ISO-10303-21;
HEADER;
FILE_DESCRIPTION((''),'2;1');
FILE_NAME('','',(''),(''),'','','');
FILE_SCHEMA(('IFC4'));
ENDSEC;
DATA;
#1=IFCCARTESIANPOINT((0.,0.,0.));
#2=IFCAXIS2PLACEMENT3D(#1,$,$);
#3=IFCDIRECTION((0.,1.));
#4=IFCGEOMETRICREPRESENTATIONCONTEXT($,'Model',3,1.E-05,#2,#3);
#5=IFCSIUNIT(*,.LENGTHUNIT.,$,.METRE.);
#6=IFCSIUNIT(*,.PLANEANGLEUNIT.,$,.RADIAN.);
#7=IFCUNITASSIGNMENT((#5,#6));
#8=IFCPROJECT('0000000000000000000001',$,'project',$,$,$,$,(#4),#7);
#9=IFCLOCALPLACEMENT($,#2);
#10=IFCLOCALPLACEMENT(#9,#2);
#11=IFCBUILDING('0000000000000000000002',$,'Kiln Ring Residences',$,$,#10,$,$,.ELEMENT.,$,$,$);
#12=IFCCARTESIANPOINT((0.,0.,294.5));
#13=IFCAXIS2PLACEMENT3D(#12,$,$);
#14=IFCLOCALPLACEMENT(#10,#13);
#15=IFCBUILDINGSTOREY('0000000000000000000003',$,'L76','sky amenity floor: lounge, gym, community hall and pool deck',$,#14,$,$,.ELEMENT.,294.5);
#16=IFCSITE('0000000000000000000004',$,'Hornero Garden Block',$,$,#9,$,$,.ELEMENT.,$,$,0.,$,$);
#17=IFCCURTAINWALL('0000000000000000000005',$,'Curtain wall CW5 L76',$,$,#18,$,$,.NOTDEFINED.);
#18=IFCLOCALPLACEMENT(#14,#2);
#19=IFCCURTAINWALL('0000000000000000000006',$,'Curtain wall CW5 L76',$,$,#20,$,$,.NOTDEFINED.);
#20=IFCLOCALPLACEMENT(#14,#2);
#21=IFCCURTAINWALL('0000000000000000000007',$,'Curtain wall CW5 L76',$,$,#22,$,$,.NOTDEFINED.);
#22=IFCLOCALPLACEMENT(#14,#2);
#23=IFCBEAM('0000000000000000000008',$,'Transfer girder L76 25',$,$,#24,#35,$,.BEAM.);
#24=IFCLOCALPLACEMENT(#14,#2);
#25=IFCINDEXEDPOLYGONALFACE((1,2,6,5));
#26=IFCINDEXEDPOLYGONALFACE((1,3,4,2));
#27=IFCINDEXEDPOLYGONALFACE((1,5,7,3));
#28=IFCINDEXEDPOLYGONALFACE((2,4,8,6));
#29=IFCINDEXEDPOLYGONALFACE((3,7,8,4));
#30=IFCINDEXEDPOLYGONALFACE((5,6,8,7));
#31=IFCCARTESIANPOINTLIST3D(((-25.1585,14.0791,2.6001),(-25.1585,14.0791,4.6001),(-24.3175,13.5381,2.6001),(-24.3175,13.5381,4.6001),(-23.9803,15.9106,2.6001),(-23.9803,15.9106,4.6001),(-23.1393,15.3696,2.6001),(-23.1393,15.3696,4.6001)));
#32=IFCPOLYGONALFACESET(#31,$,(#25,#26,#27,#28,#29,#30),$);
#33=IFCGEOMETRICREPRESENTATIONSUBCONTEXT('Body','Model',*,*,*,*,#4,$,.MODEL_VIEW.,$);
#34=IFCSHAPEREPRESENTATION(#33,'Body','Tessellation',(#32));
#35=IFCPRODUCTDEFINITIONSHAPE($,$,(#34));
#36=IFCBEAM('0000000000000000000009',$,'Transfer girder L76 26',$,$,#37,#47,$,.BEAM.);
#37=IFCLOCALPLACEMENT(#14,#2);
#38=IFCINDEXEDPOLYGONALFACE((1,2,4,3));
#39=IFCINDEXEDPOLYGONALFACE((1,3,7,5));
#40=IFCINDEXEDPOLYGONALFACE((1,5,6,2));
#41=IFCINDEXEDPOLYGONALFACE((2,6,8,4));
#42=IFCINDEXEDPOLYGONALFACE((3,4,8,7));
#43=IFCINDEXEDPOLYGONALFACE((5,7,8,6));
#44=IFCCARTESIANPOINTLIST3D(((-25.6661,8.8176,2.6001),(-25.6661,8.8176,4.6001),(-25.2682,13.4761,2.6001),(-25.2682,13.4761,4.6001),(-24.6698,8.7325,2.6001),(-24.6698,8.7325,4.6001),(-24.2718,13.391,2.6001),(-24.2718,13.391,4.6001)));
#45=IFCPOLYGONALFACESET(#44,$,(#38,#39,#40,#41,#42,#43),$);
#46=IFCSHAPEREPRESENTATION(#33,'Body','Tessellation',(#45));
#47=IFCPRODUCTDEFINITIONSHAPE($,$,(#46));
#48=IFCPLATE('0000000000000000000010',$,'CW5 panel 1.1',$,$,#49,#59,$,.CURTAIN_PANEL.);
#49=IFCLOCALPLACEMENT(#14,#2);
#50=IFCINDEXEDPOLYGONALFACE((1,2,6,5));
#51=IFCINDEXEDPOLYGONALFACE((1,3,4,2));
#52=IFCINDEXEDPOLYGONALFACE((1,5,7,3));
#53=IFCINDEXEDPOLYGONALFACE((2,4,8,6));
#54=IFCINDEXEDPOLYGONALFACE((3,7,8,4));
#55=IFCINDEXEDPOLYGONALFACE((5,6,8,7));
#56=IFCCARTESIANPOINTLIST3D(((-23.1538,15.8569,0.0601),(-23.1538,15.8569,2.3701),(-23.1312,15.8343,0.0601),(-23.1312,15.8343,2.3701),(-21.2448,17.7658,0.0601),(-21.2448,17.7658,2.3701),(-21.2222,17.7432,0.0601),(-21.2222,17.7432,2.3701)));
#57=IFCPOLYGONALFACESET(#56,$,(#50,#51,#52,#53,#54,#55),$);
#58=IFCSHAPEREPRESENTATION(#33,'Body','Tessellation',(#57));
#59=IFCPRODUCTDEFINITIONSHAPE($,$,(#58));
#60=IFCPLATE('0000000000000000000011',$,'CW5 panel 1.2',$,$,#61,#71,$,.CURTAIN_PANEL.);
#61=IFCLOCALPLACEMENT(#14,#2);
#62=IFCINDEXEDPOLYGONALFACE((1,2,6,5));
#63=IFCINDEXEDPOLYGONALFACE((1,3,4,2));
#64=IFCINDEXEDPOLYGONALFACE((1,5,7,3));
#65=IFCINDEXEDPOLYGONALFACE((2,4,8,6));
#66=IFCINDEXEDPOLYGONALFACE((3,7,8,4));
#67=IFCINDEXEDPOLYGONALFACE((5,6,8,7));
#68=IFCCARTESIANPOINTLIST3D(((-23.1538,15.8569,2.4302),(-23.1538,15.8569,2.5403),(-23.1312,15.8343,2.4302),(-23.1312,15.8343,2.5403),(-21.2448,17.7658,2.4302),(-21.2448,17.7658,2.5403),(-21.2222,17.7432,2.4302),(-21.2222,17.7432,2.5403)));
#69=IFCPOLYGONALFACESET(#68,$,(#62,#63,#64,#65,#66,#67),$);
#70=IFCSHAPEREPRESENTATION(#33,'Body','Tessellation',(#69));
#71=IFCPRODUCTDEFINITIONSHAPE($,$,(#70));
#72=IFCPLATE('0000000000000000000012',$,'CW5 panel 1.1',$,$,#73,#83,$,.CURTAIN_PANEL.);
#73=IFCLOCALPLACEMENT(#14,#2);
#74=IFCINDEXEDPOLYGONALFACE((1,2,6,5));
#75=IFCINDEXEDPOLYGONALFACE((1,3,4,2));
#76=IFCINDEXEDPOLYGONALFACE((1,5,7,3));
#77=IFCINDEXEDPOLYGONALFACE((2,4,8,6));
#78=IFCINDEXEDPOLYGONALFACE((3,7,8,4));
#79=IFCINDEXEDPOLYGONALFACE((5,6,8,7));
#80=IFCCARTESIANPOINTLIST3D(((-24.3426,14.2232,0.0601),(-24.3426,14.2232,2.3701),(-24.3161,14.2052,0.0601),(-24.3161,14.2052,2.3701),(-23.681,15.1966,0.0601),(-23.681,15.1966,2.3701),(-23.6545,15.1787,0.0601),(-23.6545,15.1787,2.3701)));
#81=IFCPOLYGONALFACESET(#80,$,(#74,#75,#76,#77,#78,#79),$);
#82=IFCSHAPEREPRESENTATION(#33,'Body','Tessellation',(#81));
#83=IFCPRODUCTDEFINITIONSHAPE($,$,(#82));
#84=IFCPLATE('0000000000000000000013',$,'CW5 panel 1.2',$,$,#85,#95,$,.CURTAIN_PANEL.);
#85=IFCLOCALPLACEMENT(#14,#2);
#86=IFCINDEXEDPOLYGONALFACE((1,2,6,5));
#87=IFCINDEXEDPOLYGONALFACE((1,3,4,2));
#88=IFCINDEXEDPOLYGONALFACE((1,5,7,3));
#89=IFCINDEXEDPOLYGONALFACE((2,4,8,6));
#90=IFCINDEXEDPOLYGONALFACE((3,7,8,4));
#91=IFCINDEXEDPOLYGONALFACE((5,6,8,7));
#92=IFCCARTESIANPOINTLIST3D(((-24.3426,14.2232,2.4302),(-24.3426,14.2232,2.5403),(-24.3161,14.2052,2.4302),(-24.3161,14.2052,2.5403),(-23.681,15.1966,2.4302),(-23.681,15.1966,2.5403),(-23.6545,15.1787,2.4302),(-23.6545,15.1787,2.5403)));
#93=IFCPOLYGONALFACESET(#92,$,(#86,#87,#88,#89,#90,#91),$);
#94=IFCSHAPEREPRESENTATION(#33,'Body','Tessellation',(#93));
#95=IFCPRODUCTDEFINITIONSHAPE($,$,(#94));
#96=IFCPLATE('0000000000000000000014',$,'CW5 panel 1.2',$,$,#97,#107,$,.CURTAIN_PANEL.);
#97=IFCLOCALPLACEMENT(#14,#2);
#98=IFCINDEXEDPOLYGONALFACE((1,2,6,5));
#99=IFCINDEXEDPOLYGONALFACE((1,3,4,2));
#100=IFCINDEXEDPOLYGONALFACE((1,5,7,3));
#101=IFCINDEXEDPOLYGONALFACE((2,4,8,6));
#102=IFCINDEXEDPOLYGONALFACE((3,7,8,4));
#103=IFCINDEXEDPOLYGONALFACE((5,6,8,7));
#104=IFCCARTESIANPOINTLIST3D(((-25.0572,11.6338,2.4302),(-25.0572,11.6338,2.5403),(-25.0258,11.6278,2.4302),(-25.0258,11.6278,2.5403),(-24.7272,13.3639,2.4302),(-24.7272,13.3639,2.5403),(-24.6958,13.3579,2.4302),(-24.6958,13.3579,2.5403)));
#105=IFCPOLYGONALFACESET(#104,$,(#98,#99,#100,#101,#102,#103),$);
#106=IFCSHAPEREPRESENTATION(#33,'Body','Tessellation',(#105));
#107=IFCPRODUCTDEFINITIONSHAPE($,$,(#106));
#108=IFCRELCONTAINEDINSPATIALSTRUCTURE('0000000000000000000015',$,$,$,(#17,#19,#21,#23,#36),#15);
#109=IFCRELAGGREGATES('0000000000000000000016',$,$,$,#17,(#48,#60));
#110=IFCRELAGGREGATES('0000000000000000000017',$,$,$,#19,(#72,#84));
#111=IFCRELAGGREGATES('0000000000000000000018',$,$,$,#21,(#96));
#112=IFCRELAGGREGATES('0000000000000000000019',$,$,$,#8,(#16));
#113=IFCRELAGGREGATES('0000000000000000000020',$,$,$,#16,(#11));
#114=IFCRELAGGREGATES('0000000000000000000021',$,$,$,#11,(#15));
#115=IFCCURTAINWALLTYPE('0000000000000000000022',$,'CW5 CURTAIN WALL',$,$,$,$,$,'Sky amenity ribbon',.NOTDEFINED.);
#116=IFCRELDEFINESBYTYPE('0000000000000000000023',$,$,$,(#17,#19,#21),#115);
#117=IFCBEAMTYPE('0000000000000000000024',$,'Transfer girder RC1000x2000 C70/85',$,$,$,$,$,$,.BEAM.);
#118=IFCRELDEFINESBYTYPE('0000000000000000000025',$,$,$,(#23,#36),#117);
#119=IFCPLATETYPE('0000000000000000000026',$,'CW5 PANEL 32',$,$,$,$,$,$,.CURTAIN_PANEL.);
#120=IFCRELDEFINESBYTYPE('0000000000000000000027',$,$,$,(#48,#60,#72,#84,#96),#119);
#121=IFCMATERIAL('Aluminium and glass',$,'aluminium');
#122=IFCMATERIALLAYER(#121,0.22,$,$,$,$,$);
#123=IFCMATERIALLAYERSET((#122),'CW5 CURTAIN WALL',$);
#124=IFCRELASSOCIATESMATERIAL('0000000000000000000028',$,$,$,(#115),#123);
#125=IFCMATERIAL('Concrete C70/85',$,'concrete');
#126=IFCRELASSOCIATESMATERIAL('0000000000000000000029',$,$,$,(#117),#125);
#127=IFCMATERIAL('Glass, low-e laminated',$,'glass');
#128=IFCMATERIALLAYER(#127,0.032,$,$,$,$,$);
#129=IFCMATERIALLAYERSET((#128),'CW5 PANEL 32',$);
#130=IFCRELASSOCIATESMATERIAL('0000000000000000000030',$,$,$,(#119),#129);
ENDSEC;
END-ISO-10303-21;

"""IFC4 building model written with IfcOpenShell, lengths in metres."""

from ifc_helpers import new_model, si_unit, direction, frame, origin, origin_2d, place, context, subcontext, project, spatial, rectangle, extrude, material, layer, layer_set, material_profile, profile_set, type_object, element, aggregate, save


model = new_model("IFC4")

# Units and contexts
model_context = context("Model", 3, precision=1e-05, world=origin(), true_north=direction((0.0, 1.0)))
body_context = subcontext(model_context, "Body", "Model", "MODEL_VIEW")
ifc_project = project(units=[si_unit("LENGTHUNIT", "METRE"), si_unit("PLANEANGLEUNIT", "RADIAN")], contexts=[model_context])

# Site, building, storey
site_placement = place(None, origin())
site = spatial("IfcSite", under=ifc_project, at=site_placement, Name="Hornero Garden Block", CompositionType="ELEMENT", RefElevation=0.0)
building_placement = place(site_placement, origin())
building = spatial("IfcBuilding", under=site, at=building_placement, Name="Kiln Ring Residences", CompositionType="ELEMENT")
storey_placement = place(building_placement, frame((0.0, 0.0, 294.5)))
storey = spatial("IfcBuildingStorey", under=building, at=storey_placement, Name="L76", Description="sky amenity floor: lounge, gym, community hall and pool deck", CompositionType="ELEMENT", Elevation=294.5)

# Curtain wall
ifc_material_1 = material(Name="Aluminium and glass", Category="aluminium")
ifc_layer_1 = layer(ifc_material_1, 0.22)
ifc_layer_set_1 = layer_set([ifc_layer_1], Name="CW5 CURTAIN WALL")
curtain_wall_type = type_object("IfcCurtainWallType", Name="CW5 CURTAIN WALL", ElementType="Sky amenity ribbon", PredefinedType="NOTDEFINED", material=ifc_layer_set_1)
placement = place(storey_placement, origin())
curtain_wall_1 = element("IfcCurtainWall", 1, at=placement, inside=storey, type_object=curtain_wall_type, Name="Curtain wall CW5 L76", PredefinedType="NOTDEFINED")

# Curtain wall
curtain_wall_2 = element("IfcCurtainWall", 2, at=placement, inside=storey, type_object=curtain_wall_type, Name="Curtain wall CW5 L76", PredefinedType="NOTDEFINED")

# Curtain wall
curtain_wall_3 = element("IfcCurtainWall", 3, at=placement, inside=storey, type_object=curtain_wall_type, Name="Curtain wall CW5 L76", PredefinedType="NOTDEFINED")

# Beams
ifc_material_2 = material(Name="Concrete C70/85", Category="concrete")
ifc_material_profile_1 = material_profile(ifc_material_2, rectangle(XDim=1.0, YDim=2.0, at=origin_2d()), Name="RC1000x2000")
ifc_profile_set_1 = profile_set([ifc_material_profile_1], Name="Concrete C70/85")
beam_type = type_object("IfcBeamType", Name="Transfer girder RC1000x2000 C70/85", PredefinedType="BEAM", material=ifc_profile_set_1)
beam_1_placement = place(storey_placement, frame((-23.5598, 15.6401, 3.6001), z_axis=(-0.541018, -0.841011, 0.0), x_axis=(0.841011, -0.541018, 0.0)))
element("IfcBeam", 4, at=beam_1_placement, inside=storey, type_object=beam_type, Name="Transfer girder L76 25", PredefinedType="BEAM", context=body_context, shape_type="SweptSolid", body=[
    extrude(rectangle(XDim=1.0, YDim=2.0, at=origin_2d()), origin(), (0.0, 0.0, 1.0), 2.1777),
])
beam_2_placement = place(storey_placement, frame((-24.77, 13.4336, 3.6001), z_axis=(-0.085111, -0.996371, 0.0), x_axis=(0.996371, -0.085111, 0.0)))
element("IfcBeam", 5, at=beam_2_placement, inside=storey, type_object=beam_type, Name="Transfer girder L76 26", PredefinedType="BEAM", context=body_context, shape_type="SweptSolid", body=[
    extrude(rectangle(XDim=1.0, YDim=2.0, at=origin_2d()), origin(), (0.0, 0.0, 1.0), 4.6755),
])

# Plates
ifc_material_3 = material(Name="Glass, low-e laminated", Category="glass")
ifc_layer_2 = layer(ifc_material_3, 0.032)
ifc_layer_set_2 = layer_set([ifc_layer_2], Name="CW5 PANEL 32")
plate_type = type_object("IfcPlateType", Name="CW5 PANEL 32", PredefinedType="CURTAIN_PANEL", material=ifc_layer_set_2)
plate_1_placement = place(storey_placement, frame((-22.188, 16.8, 0.0601), z_axis=(0.0, 0.0, 1.0), x_axis=(-0.707107, -0.707107, 0.0)))
plate_1 = element("IfcPlate", 6, at=plate_1_placement, type_object=plate_type, Name="CW5 panel 1.1", PredefinedType="CURTAIN_PANEL", context=body_context, shape_type="SweptSolid", body=[
    extrude(rectangle(XDim=2.6997, YDim=0.032, at=origin_2d()), origin(), (0.0, 0.0, 1.0), 2.3101),
])
plate_2_placement = place(storey_placement, frame((-22.188, 16.8, 2.4302), z_axis=(0.0, 0.0, 1.0), x_axis=(-0.707107, -0.707107, 0.0)))
plate_2 = element("IfcPlate", 7, at=plate_2_placement, type_object=plate_type, Name="CW5 panel 1.2", PredefinedType="CURTAIN_PANEL", context=body_context, shape_type="SweptSolid", body=[
    extrude(rectangle(XDim=2.6997, YDim=0.032, at=origin_2d()), origin(), (0.0, 0.0, 1.0), 0.1101),
])
aggregate(curtain_wall_1, [plate_1, plate_2])
plate_3_placement = place(storey_placement, frame((-23.9985, 14.7009, 0.0601), z_axis=(0.0, 0.0, 1.0), x_axis=(-0.562097, -0.827072, 0.0)))
plate_3 = element("IfcPlate", 8, at=plate_3_placement, type_object=plate_type, Name="CW5 panel 1.1", PredefinedType="CURTAIN_PANEL", context=body_context, shape_type="SweptSolid", body=[
    extrude(rectangle(XDim=1.177, YDim=0.032, at=origin_2d()), origin(), (0.0, 0.0, 1.0), 2.3101),
])
plate_4_placement = place(storey_placement, frame((-23.9985, 14.7009, 2.4302), z_axis=(0.0, 0.0, 1.0), x_axis=(-0.562097, -0.827072, 0.0)))
plate_4 = element("IfcPlate", 9, at=plate_4_placement, type_object=plate_type, Name="CW5 panel 1.2", PredefinedType="CURTAIN_PANEL", context=body_context, shape_type="SweptSolid", body=[
    extrude(rectangle(XDim=1.177, YDim=0.032, at=origin_2d()), origin(), (0.0, 0.0, 1.0), 0.1101),
])
aggregate(curtain_wall_2, [plate_3, plate_4])
plate_5_placement = place(storey_placement, frame((-24.8765, 12.4958, 2.4302), z_axis=(0.0, 0.0, 1.0), x_axis=(-0.187366, -0.98229, 0.0)))
plate_5 = element("IfcPlate", 10, at=plate_5_placement, type_object=plate_type, Name="CW5 panel 1.2", PredefinedType="CURTAIN_PANEL", context=body_context, shape_type="SweptSolid", body=[
    extrude(rectangle(XDim=1.7612, YDim=0.032, at=origin_2d()), origin(), (0.0, 0.0, 1.0), 0.1101),
])
aggregate(curtain_wall_3, [plate_5])

save(model, "model.ifc")
